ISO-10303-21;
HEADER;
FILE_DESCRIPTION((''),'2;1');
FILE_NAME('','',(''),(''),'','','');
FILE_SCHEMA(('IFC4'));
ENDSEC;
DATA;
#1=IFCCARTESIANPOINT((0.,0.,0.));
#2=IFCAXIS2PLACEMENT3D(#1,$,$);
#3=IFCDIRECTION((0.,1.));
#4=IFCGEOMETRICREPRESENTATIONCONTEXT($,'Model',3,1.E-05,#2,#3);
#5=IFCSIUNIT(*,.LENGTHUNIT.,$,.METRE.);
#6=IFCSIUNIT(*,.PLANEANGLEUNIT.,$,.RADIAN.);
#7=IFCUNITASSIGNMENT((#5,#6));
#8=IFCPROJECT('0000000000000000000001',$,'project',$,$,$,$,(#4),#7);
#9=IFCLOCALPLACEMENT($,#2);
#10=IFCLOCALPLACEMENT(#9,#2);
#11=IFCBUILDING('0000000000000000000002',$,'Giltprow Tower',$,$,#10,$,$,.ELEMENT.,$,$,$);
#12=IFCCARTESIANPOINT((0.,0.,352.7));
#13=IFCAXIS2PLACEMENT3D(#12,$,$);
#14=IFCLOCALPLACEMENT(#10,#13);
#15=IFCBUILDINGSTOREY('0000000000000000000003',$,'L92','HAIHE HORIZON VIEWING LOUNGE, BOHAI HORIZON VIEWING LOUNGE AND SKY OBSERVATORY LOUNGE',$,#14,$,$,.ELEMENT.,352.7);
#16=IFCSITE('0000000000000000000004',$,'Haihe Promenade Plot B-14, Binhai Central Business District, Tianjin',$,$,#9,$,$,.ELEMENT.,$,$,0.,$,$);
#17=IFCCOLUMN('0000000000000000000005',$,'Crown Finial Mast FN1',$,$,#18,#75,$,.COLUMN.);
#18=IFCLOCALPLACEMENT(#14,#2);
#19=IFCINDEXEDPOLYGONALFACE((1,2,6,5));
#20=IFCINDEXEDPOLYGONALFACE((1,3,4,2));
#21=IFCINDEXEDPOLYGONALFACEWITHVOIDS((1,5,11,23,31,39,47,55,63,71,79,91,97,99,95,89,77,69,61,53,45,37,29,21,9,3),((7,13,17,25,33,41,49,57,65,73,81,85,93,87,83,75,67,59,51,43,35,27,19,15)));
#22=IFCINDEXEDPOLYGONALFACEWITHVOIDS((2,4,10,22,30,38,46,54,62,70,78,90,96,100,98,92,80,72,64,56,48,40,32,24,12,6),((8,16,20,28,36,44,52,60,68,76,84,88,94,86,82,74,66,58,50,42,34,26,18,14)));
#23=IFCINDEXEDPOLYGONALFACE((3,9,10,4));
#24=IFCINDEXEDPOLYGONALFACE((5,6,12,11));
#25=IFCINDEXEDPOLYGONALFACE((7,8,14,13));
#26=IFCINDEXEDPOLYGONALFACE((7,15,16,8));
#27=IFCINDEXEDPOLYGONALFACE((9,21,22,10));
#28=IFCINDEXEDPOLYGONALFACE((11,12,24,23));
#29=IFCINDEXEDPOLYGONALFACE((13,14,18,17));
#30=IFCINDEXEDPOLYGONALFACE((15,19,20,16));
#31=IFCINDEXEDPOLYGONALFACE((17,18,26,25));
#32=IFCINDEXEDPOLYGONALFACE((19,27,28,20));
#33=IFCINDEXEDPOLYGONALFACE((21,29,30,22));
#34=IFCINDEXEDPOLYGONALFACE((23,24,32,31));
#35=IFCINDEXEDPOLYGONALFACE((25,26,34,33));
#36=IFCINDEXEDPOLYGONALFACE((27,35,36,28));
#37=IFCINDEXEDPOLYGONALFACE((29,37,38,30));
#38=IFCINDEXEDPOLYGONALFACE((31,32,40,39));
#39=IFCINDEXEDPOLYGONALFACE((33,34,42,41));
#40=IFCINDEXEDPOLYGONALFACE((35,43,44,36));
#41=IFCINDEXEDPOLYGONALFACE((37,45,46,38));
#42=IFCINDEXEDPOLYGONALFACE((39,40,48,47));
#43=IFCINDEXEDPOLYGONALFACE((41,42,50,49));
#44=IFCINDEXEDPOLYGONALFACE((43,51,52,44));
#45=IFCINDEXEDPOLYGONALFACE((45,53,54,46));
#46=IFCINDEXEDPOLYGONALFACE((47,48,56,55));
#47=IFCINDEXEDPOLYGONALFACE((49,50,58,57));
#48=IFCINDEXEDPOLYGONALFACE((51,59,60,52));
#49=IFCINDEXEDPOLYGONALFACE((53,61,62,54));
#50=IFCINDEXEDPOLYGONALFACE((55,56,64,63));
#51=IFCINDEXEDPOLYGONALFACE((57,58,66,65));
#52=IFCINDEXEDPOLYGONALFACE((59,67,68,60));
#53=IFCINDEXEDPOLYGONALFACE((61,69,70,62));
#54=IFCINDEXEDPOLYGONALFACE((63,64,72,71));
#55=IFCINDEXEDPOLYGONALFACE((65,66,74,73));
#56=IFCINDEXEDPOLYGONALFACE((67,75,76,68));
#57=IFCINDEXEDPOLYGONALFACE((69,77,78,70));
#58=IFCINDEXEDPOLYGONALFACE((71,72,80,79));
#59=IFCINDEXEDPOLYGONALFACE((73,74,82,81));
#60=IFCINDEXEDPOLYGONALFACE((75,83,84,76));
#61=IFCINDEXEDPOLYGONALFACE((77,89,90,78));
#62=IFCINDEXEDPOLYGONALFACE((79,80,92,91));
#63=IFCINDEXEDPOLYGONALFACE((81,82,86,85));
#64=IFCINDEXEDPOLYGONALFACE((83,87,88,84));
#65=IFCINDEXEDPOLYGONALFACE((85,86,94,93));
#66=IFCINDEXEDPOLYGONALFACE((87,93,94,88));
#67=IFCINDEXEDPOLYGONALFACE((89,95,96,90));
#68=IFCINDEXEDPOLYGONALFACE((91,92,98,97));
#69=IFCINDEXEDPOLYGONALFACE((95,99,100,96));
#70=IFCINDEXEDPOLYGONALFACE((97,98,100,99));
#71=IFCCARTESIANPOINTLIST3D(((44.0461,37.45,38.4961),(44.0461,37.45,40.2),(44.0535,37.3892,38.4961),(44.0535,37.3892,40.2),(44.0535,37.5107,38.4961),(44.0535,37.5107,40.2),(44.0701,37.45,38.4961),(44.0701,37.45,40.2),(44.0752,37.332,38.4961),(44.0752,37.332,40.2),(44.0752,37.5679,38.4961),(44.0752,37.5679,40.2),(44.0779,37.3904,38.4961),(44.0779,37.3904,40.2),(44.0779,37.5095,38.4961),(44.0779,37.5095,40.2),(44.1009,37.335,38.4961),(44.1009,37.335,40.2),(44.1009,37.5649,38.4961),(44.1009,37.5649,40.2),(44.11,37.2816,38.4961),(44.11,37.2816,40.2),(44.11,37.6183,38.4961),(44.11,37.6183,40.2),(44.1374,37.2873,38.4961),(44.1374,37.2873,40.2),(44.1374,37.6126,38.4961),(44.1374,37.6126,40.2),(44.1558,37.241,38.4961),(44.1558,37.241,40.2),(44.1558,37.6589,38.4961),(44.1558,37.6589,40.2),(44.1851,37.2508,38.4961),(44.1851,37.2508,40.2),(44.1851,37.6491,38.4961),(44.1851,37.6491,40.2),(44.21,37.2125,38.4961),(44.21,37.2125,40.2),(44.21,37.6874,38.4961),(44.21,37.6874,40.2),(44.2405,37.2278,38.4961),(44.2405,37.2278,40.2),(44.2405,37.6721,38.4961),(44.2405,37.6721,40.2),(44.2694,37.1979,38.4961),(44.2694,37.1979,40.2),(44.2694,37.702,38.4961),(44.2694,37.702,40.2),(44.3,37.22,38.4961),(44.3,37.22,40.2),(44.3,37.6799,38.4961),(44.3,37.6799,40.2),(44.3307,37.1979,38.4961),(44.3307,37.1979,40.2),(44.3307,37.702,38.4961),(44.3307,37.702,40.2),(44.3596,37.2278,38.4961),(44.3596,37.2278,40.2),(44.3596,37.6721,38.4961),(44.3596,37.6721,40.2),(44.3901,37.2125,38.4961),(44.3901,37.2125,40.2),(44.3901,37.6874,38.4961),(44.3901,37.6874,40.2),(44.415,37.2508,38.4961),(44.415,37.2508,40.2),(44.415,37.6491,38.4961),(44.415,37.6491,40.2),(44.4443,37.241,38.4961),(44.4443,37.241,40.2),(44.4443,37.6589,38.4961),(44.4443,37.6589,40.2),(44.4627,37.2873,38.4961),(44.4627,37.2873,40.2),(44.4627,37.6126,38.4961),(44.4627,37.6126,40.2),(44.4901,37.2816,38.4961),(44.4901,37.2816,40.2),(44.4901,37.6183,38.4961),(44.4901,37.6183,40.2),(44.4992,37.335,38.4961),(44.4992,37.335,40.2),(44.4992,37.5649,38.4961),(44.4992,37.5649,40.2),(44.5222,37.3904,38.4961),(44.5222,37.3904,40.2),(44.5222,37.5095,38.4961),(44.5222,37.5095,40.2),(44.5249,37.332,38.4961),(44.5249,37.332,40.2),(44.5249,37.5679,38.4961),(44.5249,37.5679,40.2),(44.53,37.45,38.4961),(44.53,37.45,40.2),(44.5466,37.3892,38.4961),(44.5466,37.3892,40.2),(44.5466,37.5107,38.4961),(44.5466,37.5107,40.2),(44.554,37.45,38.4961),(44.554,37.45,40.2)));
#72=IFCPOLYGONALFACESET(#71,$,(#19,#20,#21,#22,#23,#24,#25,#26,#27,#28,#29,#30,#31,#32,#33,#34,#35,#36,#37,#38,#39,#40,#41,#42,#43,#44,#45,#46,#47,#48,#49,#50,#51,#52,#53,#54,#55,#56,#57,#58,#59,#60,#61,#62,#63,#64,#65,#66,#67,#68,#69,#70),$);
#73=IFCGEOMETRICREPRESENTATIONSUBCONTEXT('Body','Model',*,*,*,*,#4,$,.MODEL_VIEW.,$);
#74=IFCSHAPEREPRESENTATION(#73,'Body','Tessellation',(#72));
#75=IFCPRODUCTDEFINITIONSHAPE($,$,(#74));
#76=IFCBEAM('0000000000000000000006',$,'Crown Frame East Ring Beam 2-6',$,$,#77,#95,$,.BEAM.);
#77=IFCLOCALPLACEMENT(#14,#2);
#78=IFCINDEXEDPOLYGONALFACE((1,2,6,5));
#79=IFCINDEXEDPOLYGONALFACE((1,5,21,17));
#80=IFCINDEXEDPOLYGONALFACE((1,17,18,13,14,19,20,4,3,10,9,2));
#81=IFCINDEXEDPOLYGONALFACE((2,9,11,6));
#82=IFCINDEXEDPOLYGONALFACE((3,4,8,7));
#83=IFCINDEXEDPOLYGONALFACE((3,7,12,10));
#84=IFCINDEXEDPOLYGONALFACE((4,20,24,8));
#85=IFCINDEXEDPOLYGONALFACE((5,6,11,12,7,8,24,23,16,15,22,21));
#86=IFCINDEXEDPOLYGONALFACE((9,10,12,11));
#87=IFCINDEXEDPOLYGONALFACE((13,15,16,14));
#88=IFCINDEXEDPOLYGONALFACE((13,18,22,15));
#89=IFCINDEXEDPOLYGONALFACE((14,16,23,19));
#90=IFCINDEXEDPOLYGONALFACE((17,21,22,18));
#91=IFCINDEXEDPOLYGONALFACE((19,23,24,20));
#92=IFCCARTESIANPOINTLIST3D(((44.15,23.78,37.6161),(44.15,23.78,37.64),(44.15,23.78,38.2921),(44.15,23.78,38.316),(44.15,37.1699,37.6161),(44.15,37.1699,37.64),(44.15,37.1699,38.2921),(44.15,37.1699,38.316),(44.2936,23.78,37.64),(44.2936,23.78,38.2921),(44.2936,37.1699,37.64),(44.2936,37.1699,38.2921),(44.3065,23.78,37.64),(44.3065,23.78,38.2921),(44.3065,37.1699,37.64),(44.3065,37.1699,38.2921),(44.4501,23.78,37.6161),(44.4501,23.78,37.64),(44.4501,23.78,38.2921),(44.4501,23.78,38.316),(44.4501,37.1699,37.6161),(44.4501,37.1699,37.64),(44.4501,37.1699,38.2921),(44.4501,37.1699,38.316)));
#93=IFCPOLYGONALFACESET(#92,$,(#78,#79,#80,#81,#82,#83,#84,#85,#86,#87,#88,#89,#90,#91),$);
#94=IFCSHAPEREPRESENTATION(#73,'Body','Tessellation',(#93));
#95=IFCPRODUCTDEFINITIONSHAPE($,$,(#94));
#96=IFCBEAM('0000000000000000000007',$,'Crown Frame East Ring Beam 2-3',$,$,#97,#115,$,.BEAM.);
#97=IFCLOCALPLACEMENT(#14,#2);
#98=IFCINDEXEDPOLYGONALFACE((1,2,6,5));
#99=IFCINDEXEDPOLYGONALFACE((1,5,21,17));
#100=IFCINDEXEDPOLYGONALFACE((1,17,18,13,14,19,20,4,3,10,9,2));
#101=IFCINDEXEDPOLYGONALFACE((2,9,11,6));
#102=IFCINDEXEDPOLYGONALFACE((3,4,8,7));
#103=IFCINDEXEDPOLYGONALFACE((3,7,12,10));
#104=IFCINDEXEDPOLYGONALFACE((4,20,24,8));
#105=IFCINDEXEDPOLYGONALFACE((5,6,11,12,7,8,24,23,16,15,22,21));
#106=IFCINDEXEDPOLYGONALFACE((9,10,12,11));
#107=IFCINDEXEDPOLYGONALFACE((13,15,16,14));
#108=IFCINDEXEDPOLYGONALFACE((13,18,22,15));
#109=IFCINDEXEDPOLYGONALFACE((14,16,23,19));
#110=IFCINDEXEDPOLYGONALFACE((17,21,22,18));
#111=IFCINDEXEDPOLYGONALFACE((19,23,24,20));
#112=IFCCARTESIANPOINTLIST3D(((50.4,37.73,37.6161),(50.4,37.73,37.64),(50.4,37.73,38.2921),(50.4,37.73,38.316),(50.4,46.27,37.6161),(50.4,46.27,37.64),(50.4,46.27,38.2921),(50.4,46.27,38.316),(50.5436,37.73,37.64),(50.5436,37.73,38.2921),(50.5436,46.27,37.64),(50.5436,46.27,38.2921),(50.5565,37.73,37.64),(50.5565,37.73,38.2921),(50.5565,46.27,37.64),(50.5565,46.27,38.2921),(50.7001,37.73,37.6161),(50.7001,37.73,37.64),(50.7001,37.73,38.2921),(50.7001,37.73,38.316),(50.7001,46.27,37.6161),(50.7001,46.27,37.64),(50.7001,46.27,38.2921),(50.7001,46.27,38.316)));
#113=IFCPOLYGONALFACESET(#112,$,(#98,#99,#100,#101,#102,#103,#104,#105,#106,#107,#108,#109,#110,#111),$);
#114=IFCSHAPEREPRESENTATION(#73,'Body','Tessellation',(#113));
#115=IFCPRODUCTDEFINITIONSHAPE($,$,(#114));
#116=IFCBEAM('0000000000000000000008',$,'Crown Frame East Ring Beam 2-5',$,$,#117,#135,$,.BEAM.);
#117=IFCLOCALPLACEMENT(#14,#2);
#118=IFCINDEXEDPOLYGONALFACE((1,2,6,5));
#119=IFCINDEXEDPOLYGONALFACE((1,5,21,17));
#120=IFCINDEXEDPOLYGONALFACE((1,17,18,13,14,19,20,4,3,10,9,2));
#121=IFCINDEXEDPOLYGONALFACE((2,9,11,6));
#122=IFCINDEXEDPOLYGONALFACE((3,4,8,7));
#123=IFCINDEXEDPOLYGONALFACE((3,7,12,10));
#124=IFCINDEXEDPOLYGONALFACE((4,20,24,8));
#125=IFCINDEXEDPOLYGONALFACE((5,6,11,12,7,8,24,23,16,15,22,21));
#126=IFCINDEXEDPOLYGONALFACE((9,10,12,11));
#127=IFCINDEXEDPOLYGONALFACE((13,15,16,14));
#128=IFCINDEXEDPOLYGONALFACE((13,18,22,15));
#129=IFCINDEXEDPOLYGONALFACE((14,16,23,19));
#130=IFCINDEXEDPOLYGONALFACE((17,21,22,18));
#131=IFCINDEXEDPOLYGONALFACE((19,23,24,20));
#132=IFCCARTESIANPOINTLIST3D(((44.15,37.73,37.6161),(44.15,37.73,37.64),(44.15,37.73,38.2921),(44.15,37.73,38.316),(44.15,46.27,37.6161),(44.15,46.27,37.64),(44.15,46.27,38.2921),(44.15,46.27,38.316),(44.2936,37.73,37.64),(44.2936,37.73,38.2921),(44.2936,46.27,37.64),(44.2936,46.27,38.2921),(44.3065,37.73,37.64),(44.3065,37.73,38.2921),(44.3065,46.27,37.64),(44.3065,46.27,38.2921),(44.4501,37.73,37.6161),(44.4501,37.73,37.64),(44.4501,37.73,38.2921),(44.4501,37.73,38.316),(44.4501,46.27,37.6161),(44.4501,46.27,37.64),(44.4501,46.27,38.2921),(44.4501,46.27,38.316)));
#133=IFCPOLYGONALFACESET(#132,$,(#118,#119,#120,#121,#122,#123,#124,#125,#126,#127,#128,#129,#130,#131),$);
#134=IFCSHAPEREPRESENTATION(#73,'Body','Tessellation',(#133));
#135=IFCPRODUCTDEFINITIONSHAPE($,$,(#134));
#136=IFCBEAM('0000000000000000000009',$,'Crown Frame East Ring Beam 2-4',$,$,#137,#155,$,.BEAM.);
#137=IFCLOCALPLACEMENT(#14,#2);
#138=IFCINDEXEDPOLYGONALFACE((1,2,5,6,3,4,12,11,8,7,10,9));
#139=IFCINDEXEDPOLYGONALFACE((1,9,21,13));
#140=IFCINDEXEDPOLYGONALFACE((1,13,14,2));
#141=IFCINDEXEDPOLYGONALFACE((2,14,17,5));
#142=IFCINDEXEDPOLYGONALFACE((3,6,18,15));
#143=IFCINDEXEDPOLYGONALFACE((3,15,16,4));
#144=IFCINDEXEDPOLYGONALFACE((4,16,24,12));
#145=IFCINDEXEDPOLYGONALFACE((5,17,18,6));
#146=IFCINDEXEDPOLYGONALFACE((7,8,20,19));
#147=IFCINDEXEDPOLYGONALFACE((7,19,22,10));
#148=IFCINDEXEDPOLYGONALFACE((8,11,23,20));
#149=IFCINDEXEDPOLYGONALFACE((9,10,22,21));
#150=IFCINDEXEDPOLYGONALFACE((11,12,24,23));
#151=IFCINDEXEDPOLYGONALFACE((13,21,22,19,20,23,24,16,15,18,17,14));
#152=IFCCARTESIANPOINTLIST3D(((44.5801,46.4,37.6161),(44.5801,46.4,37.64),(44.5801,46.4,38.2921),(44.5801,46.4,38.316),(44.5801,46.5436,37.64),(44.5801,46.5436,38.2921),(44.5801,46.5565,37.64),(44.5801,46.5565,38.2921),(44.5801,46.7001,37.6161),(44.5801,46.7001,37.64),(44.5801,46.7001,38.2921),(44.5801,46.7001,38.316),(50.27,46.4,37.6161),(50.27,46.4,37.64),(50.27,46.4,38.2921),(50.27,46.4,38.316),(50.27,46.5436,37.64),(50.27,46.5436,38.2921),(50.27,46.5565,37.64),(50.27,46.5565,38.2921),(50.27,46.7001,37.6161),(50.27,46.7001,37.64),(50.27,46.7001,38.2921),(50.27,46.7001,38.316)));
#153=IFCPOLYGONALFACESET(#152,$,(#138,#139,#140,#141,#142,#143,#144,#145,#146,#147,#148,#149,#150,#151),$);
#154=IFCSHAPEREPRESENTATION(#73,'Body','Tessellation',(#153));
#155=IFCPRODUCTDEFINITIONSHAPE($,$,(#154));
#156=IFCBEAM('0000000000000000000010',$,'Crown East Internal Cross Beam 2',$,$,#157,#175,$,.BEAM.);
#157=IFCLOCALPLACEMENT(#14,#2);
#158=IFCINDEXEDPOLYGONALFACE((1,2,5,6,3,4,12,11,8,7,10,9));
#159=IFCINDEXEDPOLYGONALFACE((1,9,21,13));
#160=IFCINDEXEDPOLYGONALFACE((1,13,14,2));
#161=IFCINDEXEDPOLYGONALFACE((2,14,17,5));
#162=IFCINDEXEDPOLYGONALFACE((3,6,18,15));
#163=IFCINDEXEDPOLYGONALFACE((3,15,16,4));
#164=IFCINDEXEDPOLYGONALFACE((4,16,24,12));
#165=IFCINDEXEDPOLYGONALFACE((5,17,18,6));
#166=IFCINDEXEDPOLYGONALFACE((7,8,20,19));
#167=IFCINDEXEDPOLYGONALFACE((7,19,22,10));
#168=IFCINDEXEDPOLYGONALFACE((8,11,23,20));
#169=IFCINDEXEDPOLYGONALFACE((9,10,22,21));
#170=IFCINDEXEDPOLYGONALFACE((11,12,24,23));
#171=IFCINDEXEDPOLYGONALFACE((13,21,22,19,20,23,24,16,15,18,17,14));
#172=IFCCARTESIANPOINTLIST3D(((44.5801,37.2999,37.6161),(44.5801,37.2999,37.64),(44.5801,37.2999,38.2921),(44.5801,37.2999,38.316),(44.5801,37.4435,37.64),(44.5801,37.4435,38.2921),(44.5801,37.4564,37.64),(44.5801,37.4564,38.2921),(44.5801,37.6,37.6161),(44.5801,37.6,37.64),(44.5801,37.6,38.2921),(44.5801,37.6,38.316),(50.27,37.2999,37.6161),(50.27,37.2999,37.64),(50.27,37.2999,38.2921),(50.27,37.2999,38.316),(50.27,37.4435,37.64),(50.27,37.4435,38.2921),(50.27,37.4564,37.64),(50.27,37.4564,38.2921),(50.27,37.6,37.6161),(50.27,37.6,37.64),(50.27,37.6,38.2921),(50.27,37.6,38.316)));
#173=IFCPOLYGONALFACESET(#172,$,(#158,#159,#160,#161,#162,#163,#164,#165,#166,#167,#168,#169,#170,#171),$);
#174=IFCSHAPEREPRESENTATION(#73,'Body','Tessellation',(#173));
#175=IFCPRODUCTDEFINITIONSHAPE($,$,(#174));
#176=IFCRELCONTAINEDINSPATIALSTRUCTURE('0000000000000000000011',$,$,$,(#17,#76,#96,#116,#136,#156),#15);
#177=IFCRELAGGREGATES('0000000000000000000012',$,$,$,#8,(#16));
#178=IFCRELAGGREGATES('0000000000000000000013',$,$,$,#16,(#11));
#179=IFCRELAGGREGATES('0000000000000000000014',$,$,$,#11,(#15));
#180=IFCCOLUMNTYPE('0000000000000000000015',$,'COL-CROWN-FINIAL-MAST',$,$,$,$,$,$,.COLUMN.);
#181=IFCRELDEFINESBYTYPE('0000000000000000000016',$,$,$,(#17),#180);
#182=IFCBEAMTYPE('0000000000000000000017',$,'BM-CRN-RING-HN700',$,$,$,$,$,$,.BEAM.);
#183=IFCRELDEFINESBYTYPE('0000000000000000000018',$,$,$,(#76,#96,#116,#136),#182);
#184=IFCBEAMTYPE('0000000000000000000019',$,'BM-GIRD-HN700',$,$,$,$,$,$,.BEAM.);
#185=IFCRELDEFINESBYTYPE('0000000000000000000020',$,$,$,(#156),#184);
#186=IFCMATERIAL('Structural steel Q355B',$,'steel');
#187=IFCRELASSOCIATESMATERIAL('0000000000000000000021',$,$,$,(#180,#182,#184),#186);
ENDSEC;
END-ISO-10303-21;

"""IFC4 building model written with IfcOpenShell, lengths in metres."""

from ifc_helpers import new_model, si_unit, direction, frame, origin, origin_2d, place, context, subcontext, project, spatial, hollow_circle, i_section, extrude, source, transform, mapped, material, material_profile, profile_set, type_object, element, save


model = new_model("IFC4")

# Units and contexts
model_context = context("Model", 3, precision=1e-05, world=origin(), true_north=direction((0.0, 1.0)))
body_context = subcontext(model_context, "Body", "Model", "MODEL_VIEW")
ifc_project = project(units=[si_unit("LENGTHUNIT", "METRE"), si_unit("PLANEANGLEUNIT", "RADIAN")], contexts=[model_context])

# Site, building, storey
site_placement = place(None, origin())
site = spatial("IfcSite", under=ifc_project, at=site_placement, Name="Haihe Promenade Plot B-14, Binhai Central Business District, Tianjin", CompositionType="ELEMENT", RefElevation=0.0)
building_placement = place(site_placement, origin())
building = spatial("IfcBuilding", under=site, at=building_placement, Name="Giltprow Tower", CompositionType="ELEMENT")
storey_placement = place(building_placement, frame((0.0, 0.0, 352.7)))
storey = spatial("IfcBuildingStorey", under=building, at=storey_placement, Name="L92", Description="HAIHE HORIZON VIEWING LOUNGE, BOHAI HORIZON VIEWING LOUNGE AND SKY OBSERVATORY LOUNGE", CompositionType="ELEMENT", Elevation=352.7)

# Column
ifc_material_1 = material(Name="Structural steel Q355B", Category="steel")
ifc_material_profile_1 = material_profile(ifc_material_1, hollow_circle(Radius=0.2539, WallThickness=0.0239, at=origin_2d()), Name="CHS 508x24")
ifc_profile_set_1 = profile_set([ifc_material_profile_1], Name="Structural steel Q355B")
column_type = type_object("IfcColumnType", Name="COL-CROWN-FINIAL-MAST", PredefinedType="COLUMN", material=ifc_profile_set_1)
shared_shape_1 = source(origin(), body_context, "Body", "SweptSolid", [
    extrude(hollow_circle(Radius=0.2539, WallThickness=0.0239, at=origin_2d()), origin(), (0.0, 0.0, 1.0), 1.7039),
])
column_placement = place(storey_placement, frame((44.3, 37.45, 38.4961), z_axis=(0.0, 0.0, 1.0), x_axis=(1.0, 0.0, 0.0)))
element("IfcColumn", 1, at=column_placement, inside=storey, type_object=column_type, Name="Crown Finial Mast FN1", PredefinedType="COLUMN", context=body_context, shape_type="MappedRepresentation", body=[
    mapped(shared_shape_1, transform((0.0, 0.0, 0.0), x_axis=(1.0, 0.0, 0.0), y_axis=(0.0, 1.0, 0.0), z_axis=(0.0, 0.0, 1.0), scale=1.0)),
])

# Beams
ifc_material_profile_2 = material_profile(ifc_material_1, i_section(OverallWidth=0.3, OverallDepth=0.7, WebThickness=0.0129, FlangeThickness=0.0239, at=origin_2d()), Name="HN 700x300x13x24")
ifc_profile_set_2 = profile_set([ifc_material_profile_2], Name="Structural steel Q355B")
beam_type_1 = type_object("IfcBeamType", Name="BM-CRN-RING-HN700", PredefinedType="BEAM", material=ifc_profile_set_2)
shared_shape_2 = source(origin(), body_context, "Body", "SweptSolid", [
    extrude(i_section(OverallWidth=0.3, OverallDepth=0.7, WebThickness=0.0129, FlangeThickness=0.0239, at=origin_2d()), origin(), (0.0, 0.0, 1.0), 13.3899),
])
beam_1_placement = place(storey_placement, frame((44.3, 37.1699, 37.9661), z_axis=(0.0, -1.0, 0.0), x_axis=(1.0, 0.0, 0.0)))
element("IfcBeam", 2, at=beam_1_placement, inside=storey, type_object=beam_type_1, Name="Crown Frame East Ring Beam 2-6", PredefinedType="BEAM", context=body_context, shape_type="MappedRepresentation", body=[
    mapped(shared_shape_2, transform((0.0, 0.0, 0.0), x_axis=(1.0, 0.0, 0.0), y_axis=(0.0, 1.0, 0.0), z_axis=(0.0, 0.0, 1.0), scale=1.0)),
])
shared_shape_3 = source(origin(), body_context, "Body", "SweptSolid", [
    extrude(i_section(OverallWidth=0.3, OverallDepth=0.7, WebThickness=0.0129, FlangeThickness=0.0239, at=origin_2d()), origin(), (0.0, 0.0, 1.0), 8.54),
])
for number, where, z_axis, x_axis, name in (
    (3, (50.55, 37.73, 37.9661), (0.0, 1.0, 0.0), (-1.0, 0.0, 0.0), "Crown Frame East Ring Beam 2-3"),
    (4, (44.3, 46.27, 37.9661), (0.0, -1.0, 0.0), (1.0, 0.0, 0.0), "Crown Frame East Ring Beam 2-5"),
):
    element("IfcBeam", number, at=place(storey_placement, frame(where, z_axis=z_axis, x_axis=x_axis)), inside=storey, type_object=beam_type_1, Name=name, PredefinedType="BEAM", context=body_context, shape_type="MappedRepresentation", body=[
        mapped(shared_shape_3, transform((0.0, 0.0, 0.0), x_axis=(1.0, 0.0, 0.0), y_axis=(0.0, 1.0, 0.0), z_axis=(0.0, 0.0, 1.0), scale=1.0)),
    ])
shared_shape_4 = source(origin(), body_context, "Body", "SweptSolid", [
    extrude(i_section(OverallWidth=0.3, OverallDepth=0.7, WebThickness=0.0129, FlangeThickness=0.0239, at=origin_2d()), origin(), (0.0, 0.0, 1.0), 5.6899),
])
beam_2_placement = place(storey_placement, frame((50.27, 46.55, 37.9661), z_axis=(-1.0, 0.0, 0.0), x_axis=(0.0, -1.0, 0.0)))
element("IfcBeam", 5, at=beam_2_placement, inside=storey, type_object=beam_type_1, Name="Crown Frame East Ring Beam 2-4", PredefinedType="BEAM", context=body_context, shape_type="MappedRepresentation", body=[
    mapped(shared_shape_4, transform((0.0, 0.0, 0.0), x_axis=(1.0, 0.0, 0.0), y_axis=(0.0, 1.0, 0.0), z_axis=(0.0, 0.0, 1.0), scale=1.0)),
])
ifc_material_profile_3 = material_profile(ifc_material_1, i_section(OverallWidth=0.3, OverallDepth=0.7, WebThickness=0.0129, FlangeThickness=0.0239, at=origin_2d()), Name="HN 700x300x13x24")
ifc_profile_set_3 = profile_set([ifc_material_profile_3], Name="Structural steel Q355B")
beam_type_2 = type_object("IfcBeamType", Name="BM-GIRD-HN700", PredefinedType="BEAM", material=ifc_profile_set_3)
shared_shape_5 = source(origin(), body_context, "Body", "SweptSolid", [
    extrude(i_section(OverallWidth=0.3, OverallDepth=0.7, WebThickness=0.0129, FlangeThickness=0.0239, at=origin_2d()), origin(), (0.0, 0.0, 1.0), 5.6899),
])
beam_3_placement = place(storey_placement, frame((44.5801, 37.45, 37.9661), z_axis=(1.0, 0.0, 0.0), x_axis=(0.0, 1.0, 0.0)))
element("IfcBeam", 6, at=beam_3_placement, inside=storey, type_object=beam_type_2, Name="Crown East Internal Cross Beam 2", PredefinedType="BEAM", context=body_context, shape_type="MappedRepresentation", body=[
    mapped(shared_shape_5, transform((0.0, 0.0, 0.0), x_axis=(1.0, 0.0, 0.0), y_axis=(0.0, 1.0, 0.0), z_axis=(0.0, 0.0, 1.0), scale=1.0)),
])

save(model, "model.ifc")
